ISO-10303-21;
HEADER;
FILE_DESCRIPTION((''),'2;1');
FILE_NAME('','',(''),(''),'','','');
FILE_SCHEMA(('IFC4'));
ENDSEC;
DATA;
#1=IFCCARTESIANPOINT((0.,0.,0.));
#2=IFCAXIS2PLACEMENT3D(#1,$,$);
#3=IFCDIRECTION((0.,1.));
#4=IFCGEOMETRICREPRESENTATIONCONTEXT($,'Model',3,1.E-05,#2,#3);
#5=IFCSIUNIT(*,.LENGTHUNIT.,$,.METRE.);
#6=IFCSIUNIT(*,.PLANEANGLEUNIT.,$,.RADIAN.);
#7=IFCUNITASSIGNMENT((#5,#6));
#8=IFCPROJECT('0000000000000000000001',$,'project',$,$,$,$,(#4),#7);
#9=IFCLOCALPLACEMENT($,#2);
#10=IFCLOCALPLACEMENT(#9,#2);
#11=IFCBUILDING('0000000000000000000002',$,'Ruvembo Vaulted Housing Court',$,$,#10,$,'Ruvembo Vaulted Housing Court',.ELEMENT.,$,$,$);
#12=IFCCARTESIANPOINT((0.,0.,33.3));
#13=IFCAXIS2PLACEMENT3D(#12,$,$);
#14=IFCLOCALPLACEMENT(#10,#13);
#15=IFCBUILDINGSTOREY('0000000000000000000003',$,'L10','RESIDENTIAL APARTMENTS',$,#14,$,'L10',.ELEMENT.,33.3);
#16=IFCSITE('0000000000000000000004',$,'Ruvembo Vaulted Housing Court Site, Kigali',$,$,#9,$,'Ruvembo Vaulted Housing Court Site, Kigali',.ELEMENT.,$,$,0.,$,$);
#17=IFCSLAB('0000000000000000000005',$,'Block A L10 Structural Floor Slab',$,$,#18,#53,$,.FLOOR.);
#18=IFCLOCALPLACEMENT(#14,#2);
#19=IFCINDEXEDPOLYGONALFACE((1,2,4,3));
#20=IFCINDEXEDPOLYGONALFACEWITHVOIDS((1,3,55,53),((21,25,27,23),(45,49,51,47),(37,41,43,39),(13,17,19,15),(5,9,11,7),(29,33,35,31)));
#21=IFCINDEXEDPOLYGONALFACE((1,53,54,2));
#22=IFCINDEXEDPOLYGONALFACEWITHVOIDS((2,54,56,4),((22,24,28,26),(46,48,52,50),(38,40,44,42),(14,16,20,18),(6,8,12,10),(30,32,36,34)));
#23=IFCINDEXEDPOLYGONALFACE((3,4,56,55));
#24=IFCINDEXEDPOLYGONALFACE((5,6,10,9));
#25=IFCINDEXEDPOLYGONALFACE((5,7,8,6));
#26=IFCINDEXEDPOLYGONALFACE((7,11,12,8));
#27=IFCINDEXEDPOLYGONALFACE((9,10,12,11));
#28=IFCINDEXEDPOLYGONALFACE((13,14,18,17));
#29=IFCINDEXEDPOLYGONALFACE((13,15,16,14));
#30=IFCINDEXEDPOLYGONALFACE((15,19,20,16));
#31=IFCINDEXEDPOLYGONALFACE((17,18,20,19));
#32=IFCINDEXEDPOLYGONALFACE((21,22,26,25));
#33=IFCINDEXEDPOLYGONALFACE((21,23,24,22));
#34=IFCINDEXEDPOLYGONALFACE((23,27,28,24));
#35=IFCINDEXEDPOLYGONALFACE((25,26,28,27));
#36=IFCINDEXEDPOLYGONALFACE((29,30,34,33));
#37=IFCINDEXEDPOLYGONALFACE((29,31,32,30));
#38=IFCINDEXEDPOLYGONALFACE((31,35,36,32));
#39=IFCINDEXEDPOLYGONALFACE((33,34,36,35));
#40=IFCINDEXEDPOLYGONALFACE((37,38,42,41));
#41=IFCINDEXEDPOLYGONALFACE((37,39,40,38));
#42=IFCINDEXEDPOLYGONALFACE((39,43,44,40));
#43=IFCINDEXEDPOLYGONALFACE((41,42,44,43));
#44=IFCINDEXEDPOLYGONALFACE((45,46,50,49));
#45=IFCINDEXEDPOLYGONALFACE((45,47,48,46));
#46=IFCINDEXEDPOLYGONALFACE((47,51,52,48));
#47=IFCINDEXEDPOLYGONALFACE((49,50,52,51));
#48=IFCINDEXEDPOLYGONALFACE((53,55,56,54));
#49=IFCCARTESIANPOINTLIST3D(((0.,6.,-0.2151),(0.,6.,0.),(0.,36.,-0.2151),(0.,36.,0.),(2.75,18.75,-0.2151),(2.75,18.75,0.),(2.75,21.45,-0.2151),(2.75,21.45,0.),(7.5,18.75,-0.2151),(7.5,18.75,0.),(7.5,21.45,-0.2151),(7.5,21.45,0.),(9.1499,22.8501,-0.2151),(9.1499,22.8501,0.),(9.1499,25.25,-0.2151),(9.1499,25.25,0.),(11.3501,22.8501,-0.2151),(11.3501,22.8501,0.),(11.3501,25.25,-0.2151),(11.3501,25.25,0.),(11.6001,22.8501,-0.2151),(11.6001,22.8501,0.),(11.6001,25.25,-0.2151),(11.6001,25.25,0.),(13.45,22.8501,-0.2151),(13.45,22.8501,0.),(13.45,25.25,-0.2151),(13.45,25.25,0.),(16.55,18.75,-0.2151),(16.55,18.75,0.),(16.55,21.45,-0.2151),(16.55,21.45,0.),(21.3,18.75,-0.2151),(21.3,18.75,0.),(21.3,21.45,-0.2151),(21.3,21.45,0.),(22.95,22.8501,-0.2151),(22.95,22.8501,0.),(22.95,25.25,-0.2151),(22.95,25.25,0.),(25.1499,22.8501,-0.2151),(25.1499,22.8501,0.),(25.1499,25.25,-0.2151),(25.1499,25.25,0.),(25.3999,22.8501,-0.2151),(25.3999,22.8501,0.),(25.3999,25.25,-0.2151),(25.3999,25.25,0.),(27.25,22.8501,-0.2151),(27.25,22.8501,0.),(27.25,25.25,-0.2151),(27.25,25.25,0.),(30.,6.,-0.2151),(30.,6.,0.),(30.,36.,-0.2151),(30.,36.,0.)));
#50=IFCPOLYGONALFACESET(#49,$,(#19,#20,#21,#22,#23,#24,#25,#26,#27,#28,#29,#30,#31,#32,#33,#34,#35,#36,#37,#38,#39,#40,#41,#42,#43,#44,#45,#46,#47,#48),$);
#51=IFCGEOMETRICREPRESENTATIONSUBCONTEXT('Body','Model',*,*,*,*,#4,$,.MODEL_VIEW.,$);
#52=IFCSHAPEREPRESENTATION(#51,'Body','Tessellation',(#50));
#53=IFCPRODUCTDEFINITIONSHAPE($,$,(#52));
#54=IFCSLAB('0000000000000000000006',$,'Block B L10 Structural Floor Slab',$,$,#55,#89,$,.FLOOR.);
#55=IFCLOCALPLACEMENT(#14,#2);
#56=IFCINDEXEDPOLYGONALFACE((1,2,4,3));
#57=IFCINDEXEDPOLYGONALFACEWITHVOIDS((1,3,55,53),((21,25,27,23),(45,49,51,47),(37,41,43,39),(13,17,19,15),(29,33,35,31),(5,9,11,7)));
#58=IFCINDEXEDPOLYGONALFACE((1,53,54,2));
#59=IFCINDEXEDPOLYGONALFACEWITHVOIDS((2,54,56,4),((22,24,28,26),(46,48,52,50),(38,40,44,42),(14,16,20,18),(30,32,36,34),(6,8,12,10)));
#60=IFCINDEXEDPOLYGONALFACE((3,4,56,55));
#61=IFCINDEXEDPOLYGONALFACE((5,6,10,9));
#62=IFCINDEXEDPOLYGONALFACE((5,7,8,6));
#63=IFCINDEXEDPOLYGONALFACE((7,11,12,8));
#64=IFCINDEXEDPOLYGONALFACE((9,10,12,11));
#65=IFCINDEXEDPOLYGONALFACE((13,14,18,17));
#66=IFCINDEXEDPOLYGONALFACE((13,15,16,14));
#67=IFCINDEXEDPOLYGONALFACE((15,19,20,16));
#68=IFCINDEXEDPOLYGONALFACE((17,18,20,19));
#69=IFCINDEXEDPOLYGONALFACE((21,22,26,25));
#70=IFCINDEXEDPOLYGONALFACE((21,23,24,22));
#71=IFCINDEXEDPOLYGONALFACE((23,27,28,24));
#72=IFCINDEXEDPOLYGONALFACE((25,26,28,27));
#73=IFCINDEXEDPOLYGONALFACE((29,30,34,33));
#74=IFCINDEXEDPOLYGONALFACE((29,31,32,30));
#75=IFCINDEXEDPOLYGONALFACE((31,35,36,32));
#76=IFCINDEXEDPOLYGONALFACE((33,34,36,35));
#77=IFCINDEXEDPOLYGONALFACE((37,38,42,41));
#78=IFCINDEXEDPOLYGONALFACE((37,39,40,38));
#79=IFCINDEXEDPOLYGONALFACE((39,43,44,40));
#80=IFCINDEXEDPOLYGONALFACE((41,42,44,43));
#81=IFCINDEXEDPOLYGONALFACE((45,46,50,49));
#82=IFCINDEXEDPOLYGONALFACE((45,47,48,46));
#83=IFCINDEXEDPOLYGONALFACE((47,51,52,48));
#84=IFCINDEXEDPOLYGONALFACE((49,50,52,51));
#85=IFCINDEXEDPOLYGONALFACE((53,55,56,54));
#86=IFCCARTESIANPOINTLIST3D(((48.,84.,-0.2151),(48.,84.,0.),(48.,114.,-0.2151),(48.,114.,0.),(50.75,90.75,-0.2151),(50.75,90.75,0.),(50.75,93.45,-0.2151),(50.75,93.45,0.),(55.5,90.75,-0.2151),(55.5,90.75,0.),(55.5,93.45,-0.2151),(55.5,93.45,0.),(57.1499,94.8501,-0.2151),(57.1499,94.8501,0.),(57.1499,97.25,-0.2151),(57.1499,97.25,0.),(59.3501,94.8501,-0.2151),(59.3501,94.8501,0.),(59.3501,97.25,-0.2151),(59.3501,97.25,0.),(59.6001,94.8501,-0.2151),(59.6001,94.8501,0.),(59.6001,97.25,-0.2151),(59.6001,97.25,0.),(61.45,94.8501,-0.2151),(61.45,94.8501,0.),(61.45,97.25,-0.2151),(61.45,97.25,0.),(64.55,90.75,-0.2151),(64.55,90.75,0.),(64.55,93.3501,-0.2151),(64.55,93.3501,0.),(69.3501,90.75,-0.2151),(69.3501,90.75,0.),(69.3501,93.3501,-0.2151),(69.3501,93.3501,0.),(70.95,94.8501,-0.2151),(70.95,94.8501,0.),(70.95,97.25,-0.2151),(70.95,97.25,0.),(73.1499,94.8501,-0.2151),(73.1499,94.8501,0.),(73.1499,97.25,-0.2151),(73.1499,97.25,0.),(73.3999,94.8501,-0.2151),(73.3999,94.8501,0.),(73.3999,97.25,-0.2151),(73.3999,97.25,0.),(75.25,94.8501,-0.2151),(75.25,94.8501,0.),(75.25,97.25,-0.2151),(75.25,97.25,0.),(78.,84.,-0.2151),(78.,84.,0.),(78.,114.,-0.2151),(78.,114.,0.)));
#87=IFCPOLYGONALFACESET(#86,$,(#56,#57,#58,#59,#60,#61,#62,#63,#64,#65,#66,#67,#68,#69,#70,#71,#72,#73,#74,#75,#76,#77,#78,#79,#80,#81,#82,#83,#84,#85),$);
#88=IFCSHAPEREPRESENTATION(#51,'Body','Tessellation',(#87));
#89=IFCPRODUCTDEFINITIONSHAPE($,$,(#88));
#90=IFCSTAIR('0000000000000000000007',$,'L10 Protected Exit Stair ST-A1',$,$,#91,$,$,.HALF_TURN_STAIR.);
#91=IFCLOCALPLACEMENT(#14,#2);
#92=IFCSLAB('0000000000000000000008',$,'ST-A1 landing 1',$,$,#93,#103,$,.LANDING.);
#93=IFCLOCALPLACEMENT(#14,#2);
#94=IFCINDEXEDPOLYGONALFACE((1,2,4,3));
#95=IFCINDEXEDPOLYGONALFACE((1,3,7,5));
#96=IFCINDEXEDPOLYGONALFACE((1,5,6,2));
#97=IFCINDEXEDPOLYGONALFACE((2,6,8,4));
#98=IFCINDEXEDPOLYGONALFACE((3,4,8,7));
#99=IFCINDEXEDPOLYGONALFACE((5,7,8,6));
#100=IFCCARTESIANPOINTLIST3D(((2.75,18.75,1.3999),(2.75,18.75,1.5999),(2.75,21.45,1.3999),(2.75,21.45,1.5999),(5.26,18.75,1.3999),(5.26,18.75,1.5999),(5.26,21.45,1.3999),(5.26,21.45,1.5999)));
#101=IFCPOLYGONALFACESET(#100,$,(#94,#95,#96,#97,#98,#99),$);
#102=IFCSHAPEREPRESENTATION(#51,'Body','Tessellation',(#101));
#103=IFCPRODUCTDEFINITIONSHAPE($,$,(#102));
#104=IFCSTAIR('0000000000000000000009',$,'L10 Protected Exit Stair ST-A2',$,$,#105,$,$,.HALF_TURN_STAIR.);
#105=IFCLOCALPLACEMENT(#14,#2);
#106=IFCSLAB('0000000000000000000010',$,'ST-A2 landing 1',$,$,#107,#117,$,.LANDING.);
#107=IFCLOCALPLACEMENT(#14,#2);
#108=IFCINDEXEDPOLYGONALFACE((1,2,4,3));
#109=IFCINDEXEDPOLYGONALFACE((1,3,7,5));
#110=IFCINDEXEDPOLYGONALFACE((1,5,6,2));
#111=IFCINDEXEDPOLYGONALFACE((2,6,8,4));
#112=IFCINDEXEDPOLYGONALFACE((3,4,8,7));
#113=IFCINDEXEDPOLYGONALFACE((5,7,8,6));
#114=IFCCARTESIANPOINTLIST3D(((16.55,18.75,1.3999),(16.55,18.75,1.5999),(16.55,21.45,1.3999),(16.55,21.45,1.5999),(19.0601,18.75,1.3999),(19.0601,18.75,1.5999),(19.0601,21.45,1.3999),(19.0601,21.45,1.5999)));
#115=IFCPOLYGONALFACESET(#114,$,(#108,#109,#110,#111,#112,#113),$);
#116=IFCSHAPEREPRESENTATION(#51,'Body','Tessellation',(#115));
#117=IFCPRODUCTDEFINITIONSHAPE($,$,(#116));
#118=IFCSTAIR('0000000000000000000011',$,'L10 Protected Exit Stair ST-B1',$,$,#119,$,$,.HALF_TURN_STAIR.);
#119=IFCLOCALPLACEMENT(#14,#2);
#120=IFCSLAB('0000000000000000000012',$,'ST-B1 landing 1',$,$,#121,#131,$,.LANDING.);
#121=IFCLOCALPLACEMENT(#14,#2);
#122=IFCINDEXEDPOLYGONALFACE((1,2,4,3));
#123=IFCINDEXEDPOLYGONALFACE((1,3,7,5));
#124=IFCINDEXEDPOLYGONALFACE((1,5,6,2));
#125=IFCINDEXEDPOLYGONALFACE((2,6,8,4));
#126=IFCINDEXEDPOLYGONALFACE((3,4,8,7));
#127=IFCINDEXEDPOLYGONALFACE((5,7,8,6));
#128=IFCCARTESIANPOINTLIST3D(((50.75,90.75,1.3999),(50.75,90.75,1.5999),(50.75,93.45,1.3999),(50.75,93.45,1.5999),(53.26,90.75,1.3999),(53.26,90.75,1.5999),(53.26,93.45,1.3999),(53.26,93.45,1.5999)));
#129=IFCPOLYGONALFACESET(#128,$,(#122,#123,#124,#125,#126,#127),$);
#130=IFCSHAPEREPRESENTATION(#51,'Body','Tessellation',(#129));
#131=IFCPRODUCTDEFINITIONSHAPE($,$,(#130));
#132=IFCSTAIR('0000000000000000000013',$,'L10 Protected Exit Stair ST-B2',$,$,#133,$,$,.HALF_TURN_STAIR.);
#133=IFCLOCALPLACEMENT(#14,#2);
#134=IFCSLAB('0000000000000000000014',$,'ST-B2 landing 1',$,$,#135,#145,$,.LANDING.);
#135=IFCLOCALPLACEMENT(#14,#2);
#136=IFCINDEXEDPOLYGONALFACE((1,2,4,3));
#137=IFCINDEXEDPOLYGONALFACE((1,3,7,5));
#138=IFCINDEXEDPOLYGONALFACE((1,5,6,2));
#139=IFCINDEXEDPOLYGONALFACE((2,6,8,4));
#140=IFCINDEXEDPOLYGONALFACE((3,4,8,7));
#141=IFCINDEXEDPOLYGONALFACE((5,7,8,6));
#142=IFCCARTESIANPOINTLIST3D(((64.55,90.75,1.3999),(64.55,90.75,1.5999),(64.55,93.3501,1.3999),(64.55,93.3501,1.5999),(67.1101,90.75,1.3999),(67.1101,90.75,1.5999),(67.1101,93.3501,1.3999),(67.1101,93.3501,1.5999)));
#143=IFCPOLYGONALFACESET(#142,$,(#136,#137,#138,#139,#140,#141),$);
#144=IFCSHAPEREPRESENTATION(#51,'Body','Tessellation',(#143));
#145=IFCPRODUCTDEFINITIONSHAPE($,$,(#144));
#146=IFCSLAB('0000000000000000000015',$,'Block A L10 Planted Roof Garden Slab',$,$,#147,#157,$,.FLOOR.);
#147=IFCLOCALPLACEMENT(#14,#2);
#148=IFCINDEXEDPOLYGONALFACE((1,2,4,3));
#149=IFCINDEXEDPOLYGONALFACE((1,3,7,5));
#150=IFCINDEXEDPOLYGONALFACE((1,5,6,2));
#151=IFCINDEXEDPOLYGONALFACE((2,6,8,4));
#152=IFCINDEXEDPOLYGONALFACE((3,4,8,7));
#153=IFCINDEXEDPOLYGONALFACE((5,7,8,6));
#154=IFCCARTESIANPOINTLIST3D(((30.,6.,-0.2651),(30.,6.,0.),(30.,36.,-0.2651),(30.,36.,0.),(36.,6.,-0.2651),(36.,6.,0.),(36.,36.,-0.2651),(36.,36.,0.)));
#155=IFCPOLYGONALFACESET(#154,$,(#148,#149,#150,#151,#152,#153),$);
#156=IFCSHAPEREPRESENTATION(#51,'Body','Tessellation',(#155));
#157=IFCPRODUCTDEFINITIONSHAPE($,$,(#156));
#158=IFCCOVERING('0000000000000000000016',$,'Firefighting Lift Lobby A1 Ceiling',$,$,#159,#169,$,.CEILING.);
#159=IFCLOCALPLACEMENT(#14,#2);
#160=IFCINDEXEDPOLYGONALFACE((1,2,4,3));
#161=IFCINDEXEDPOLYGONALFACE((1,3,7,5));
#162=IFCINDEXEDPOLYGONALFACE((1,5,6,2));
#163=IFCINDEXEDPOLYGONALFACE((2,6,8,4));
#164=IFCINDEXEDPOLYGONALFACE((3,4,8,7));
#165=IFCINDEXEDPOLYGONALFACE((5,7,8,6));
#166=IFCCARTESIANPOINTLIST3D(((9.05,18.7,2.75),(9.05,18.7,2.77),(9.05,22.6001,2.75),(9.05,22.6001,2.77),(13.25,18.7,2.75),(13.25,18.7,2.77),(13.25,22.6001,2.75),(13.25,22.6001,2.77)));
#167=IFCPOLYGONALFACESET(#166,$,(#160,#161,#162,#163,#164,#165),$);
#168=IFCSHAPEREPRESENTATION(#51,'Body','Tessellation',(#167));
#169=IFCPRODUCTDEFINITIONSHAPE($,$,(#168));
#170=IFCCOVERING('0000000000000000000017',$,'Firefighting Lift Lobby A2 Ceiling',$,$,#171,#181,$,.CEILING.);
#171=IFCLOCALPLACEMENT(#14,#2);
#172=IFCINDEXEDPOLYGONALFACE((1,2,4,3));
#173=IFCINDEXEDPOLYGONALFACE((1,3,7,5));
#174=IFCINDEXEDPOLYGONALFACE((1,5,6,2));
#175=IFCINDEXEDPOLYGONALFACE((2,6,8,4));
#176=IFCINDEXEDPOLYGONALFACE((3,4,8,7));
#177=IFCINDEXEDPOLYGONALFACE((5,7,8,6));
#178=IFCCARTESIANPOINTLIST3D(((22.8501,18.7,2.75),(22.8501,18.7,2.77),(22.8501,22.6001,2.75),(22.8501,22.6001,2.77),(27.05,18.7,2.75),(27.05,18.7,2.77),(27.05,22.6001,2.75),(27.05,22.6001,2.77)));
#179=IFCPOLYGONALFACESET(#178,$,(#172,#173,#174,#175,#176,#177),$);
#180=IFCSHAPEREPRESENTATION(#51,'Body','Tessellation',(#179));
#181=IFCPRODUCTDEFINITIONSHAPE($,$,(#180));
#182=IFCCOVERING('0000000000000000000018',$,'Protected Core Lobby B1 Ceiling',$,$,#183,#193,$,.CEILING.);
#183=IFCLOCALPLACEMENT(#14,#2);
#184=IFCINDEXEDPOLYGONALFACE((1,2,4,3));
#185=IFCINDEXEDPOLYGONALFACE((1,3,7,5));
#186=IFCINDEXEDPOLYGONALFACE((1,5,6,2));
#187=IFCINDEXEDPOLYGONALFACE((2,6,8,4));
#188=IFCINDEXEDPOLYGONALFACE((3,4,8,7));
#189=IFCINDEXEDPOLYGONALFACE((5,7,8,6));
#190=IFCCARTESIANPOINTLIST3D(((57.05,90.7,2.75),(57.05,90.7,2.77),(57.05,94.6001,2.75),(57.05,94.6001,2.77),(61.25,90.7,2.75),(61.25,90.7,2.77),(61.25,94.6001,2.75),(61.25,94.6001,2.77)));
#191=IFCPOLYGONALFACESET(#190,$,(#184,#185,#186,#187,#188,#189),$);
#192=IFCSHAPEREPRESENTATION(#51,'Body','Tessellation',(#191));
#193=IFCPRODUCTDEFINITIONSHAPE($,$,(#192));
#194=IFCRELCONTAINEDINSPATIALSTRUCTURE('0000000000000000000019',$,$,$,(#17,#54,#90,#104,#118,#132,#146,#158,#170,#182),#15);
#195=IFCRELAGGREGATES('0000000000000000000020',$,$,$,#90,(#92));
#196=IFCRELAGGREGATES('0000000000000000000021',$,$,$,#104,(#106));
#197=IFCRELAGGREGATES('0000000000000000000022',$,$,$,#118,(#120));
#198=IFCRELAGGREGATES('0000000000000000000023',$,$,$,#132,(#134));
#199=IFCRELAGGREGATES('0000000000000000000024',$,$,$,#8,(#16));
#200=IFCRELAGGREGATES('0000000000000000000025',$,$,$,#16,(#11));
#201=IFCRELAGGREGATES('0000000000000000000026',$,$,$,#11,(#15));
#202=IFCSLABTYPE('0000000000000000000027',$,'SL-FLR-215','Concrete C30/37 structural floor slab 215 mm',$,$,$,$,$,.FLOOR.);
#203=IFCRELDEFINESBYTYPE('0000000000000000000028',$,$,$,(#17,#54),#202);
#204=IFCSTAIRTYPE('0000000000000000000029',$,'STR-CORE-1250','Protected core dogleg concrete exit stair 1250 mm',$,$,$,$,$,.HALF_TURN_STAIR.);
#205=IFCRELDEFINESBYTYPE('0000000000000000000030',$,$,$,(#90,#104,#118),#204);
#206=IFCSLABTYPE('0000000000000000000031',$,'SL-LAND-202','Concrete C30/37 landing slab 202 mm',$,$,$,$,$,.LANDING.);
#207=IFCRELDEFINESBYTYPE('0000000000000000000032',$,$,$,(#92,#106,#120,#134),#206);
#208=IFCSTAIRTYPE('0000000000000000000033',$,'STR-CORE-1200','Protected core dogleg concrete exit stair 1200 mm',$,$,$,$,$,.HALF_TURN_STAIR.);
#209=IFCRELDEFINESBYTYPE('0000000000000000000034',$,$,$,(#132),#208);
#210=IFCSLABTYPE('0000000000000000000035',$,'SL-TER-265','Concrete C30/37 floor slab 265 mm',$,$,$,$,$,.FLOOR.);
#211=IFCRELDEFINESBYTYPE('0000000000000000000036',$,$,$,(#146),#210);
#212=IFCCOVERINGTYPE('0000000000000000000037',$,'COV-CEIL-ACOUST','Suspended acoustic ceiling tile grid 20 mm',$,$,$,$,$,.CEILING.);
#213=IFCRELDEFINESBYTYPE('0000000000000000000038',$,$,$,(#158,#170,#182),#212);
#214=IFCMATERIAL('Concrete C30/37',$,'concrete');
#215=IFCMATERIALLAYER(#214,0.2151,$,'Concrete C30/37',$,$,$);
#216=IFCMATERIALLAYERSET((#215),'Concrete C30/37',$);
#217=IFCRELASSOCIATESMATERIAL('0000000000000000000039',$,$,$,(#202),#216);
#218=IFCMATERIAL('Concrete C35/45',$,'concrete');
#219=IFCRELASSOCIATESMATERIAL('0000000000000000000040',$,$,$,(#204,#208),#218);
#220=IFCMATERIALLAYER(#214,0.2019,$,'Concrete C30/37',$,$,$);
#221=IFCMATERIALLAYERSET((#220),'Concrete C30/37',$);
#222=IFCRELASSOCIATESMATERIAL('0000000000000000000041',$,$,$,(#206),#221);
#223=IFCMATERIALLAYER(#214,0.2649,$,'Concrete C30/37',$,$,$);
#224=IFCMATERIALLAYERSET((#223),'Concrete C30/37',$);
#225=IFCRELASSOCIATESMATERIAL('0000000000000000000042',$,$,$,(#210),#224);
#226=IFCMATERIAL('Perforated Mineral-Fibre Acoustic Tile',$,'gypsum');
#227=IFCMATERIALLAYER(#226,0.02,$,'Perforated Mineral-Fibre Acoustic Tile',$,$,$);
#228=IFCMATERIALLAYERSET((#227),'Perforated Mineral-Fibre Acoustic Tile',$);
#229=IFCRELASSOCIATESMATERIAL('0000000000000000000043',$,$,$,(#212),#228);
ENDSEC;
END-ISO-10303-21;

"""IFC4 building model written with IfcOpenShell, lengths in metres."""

from ifc_helpers import new_model, si_unit, direction, frame, origin, place, context, subcontext, project, spatial, polyline, outline, extrude, material, layer, layer_set, type_object, element, aggregate, save


model = new_model("IFC4")

# Units and contexts
model_context = context("Model", 3, precision=1e-05, world=origin(), true_north=direction((0.0, 1.0)))
body_context = subcontext(model_context, "Body", "Model", "MODEL_VIEW")
ifc_project = project(units=[si_unit("LENGTHUNIT", "METRE"), si_unit("PLANEANGLEUNIT", "RADIAN")], contexts=[model_context])

# Site, building, storey
site_placement = place(None, origin())
site = spatial("IfcSite", under=ifc_project, at=site_placement, Name="Ruvembo Vaulted Housing Court Site, Kigali", LongName="Ruvembo Vaulted Housing Court Site, Kigali", CompositionType="ELEMENT", RefElevation=0.0)
building_placement = place(site_placement, origin())
building = spatial("IfcBuilding", under=site, at=building_placement, Name="Ruvembo Vaulted Housing Court", LongName="Ruvembo Vaulted Housing Court", CompositionType="ELEMENT")
storey_placement = place(building_placement, frame((0.0, 0.0, 33.3)))
storey = spatial("IfcBuildingStorey", under=building, at=storey_placement, Name="L10", Description="RESIDENTIAL APARTMENTS", LongName="L10", CompositionType="ELEMENT", Elevation=33.3)

# Slabs
ifc_material_1 = material(Name="Concrete C30/37", Category="concrete")
ifc_layer_1 = layer(ifc_material_1, 0.2151, Name="Concrete C30/37")
ifc_layer_set_1 = layer_set([ifc_layer_1], Name="Concrete C30/37")
slab_type_1 = type_object("IfcSlabType", Name="SL-FLR-215", Description="Concrete C30/37 structural floor slab 215 mm", PredefinedType="FLOOR", material=ifc_layer_set_1)
slab_1_placement = place(storey_placement, frame((0.0, 0.0, -0.2151)))
element("IfcSlab", 1, at=slab_1_placement, inside=storey, type_object=slab_type_1, Name="Block A L10 Structural Floor Slab", PredefinedType="FLOOR", context=body_context, shape_type="SweptSolid", body=[
    extrude(outline(polyline([(30.0, 6.0), (30.0, 36.0), (0.0, 36.0), (0.0, 6.0), (30.0, 6.0)]), holes=[polyline([(7.5, 21.45), (2.75, 21.45), (2.75, 18.75), (7.5, 18.75), (7.5, 21.45)]), polyline([(9.1499, 22.8501), (11.3501, 22.8501), (11.3501, 25.25), (9.1499, 25.25), (9.1499, 22.8501)]), polyline([(11.6001, 22.8501), (13.45, 22.8501), (13.45, 25.25), (11.6001, 25.25), (11.6001, 22.8501)]), polyline([(21.3, 21.45), (16.55, 21.45), (16.55, 18.75), (21.3, 18.75), (21.3, 21.45)]), polyline([(22.95, 22.8501), (25.1499, 22.8501), (25.1499, 25.25), (22.95, 25.25), (22.95, 22.8501)]), polyline([(25.3999, 22.8501), (27.25, 22.8501), (27.25, 25.25), (25.3999, 25.25), (25.3999, 22.8501)])]), origin(), (0.0, 0.0, 1.0), 0.2151),
])
slab_2_placement = place(storey_placement, frame((0.0, 0.0, -0.2151)))
element("IfcSlab", 2, at=slab_2_placement, inside=storey, type_object=slab_type_1, Name="Block B L10 Structural Floor Slab", PredefinedType="FLOOR", context=body_context, shape_type="SweptSolid", body=[
    extrude(outline(polyline([(78.0, 84.0), (78.0, 114.0), (48.0, 114.0), (48.0, 84.0), (78.0, 84.0)]), holes=[polyline([(55.5, 93.45), (50.75, 93.45), (50.75, 90.75), (55.5, 90.75), (55.5, 93.45)]), polyline([(57.1499, 94.8501), (59.3501, 94.8501), (59.3501, 97.25), (57.1499, 97.25), (57.1499, 94.8501)]), polyline([(59.6001, 94.8501), (61.45, 94.8501), (61.45, 97.25), (59.6001, 97.25), (59.6001, 94.8501)]), polyline([(69.3501, 93.3501), (64.55, 93.3501), (64.55, 90.75), (69.3501, 90.75), (69.3501, 93.3501)]), polyline([(70.95, 94.8501), (73.1499, 94.8501), (73.1499, 97.25), (70.95, 97.25), (70.95, 94.8501)]), polyline([(73.3999, 94.8501), (75.25, 94.8501), (75.25, 97.25), (73.3999, 97.25), (73.3999, 94.8501)])]), origin(), (0.0, 0.0, 1.0), 0.2151),
])

# Stairs, slabs
ifc_material_2 = material(Name="Concrete C35/45", Category="concrete")
stair_type_1 = type_object("IfcStairType", Name="STR-CORE-1250", Description="Protected core dogleg concrete exit stair 1250 mm", PredefinedType="HALF_TURN_STAIR", material=ifc_material_2)
stair_1_placement = place(storey_placement, origin())
stair_1 = element("IfcStair", 3, at=stair_1_placement, inside=storey, type_object=stair_type_1, Name="L10 Protected Exit Stair ST-A1", PredefinedType="HALF_TURN_STAIR")
ifc_layer_2 = layer(ifc_material_1, 0.2019, Name="Concrete C30/37")
ifc_layer_set_2 = layer_set([ifc_layer_2], Name="Concrete C30/37")
slab_type_2 = type_object("IfcSlabType", Name="SL-LAND-202", Description="Concrete C30/37 landing slab 202 mm", PredefinedType="LANDING", material=ifc_layer_set_2)
slab_3_placement = place(storey_placement, frame((0.0, 0.0, 1.3999)))
slab_3 = element("IfcSlab", 4, at=slab_3_placement, type_object=slab_type_2, Name="ST-A1 landing 1", PredefinedType="LANDING", context=body_context, shape_type="SweptSolid", body=[
    extrude(outline(polyline([(5.26, 21.45), (2.75, 21.45), (2.75, 18.75), (5.26, 18.75), (5.26, 21.45)])), origin(), (0.0, 0.0, 1.0), 0.2),
])
aggregate(stair_1, [slab_3])
stair_2_placement = place(storey_placement, origin())
stair_2 = element("IfcStair", 5, at=stair_2_placement, inside=storey, type_object=stair_type_1, Name="L10 Protected Exit Stair ST-A2", PredefinedType="HALF_TURN_STAIR")
slab_4_placement = place(storey_placement, frame((0.0, 0.0, 1.3999)))
slab_4 = element("IfcSlab", 6, at=slab_4_placement, type_object=slab_type_2, Name="ST-A2 landing 1", PredefinedType="LANDING", context=body_context, shape_type="SweptSolid", body=[
    extrude(outline(polyline([(19.0601, 21.45), (16.55, 21.45), (16.55, 18.75), (19.0601, 18.75), (19.0601, 21.45)])), origin(), (0.0, 0.0, 1.0), 0.2),
])
aggregate(stair_2, [slab_4])
stair_3_placement = place(storey_placement, origin())
stair_3 = element("IfcStair", 7, at=stair_3_placement, inside=storey, type_object=stair_type_1, Name="L10 Protected Exit Stair ST-B1", PredefinedType="HALF_TURN_STAIR")
slab_5_placement = place(storey_placement, frame((0.0, 0.0, 1.3999)))
slab_5 = element("IfcSlab", 8, at=slab_5_placement, type_object=slab_type_2, Name="ST-B1 landing 1", PredefinedType="LANDING", context=body_context, shape_type="SweptSolid", body=[
    extrude(outline(polyline([(53.26, 93.45), (50.75, 93.45), (50.75, 90.75), (53.26, 90.75), (53.26, 93.45)])), origin(), (0.0, 0.0, 1.0), 0.2),
])
aggregate(stair_3, [slab_5])
stair_type_2 = type_object("IfcStairType", Name="STR-CORE-1200", Description="Protected core dogleg concrete exit stair 1200 mm", PredefinedType="HALF_TURN_STAIR", material=ifc_material_2)
stair_4_placement = place(storey_placement, origin())
stair_4 = element("IfcStair", 9, at=stair_4_placement, inside=storey, type_object=stair_type_2, Name="L10 Protected Exit Stair ST-B2", PredefinedType="HALF_TURN_STAIR")
slab_6_placement = place(storey_placement, frame((0.0, 0.0, 1.3999)))
slab_6 = element("IfcSlab", 10, at=slab_6_placement, type_object=slab_type_2, Name="ST-B2 landing 1", PredefinedType="LANDING", context=body_context, shape_type="SweptSolid", body=[
    extrude(outline(polyline([(67.1101, 93.3501), (64.55, 93.3501), (64.55, 90.75), (67.1101, 90.75), (67.1101, 93.3501)])), origin(), (0.0, 0.0, 1.0), 0.2),
])
aggregate(stair_4, [slab_6])

# Slab
ifc_layer_3 = layer(ifc_material_1, 0.2649, Name="Concrete C30/37")
ifc_layer_set_3 = layer_set([ifc_layer_3], Name="Concrete C30/37")
slab_type_3 = type_object("IfcSlabType", Name="SL-TER-265", Description="Concrete C30/37 floor slab 265 mm", PredefinedType="FLOOR", material=ifc_layer_set_3)
slab_7_placement = place(storey_placement, frame((0.0, 0.0, -0.2651)))
element("IfcSlab", 11, at=slab_7_placement, inside=storey, type_object=slab_type_3, Name="Block A L10 Planted Roof Garden Slab", PredefinedType="FLOOR", context=body_context, shape_type="SweptSolid", body=[
    extrude(outline(polyline([(30.0, 6.0), (36.0, 6.0), (36.0, 36.0), (30.0, 36.0), (30.0, 6.0)])), origin(), (0.0, 0.0, 1.0), 0.2651),
])

# Coverings
ifc_material_3 = material(Name="Perforated Mineral-Fibre Acoustic Tile", Category="gypsum")
ifc_layer_4 = layer(ifc_material_3, 0.02, Name="Perforated Mineral-Fibre Acoustic Tile")
ifc_layer_set_4 = layer_set([ifc_layer_4], Name="Perforated Mineral-Fibre Acoustic Tile")
covering_type_1 = type_object("IfcCoveringType", Name="COV-CEIL-ACOUST", Description="Suspended acoustic ceiling tile grid 20 mm", PredefinedType="CEILING", material=ifc_layer_set_4)
covering_1_placement = place(storey_placement, frame((0.0, 0.0, 2.75)))
element("IfcCovering", 12, at=covering_1_placement, inside=storey, type_object=covering_type_1, Name="Firefighting Lift Lobby A1 Ceiling", PredefinedType="CEILING", context=body_context, shape_type="SweptSolid", body=[
    extrude(outline(polyline([(13.25, 22.6001), (9.05, 22.6001), (9.05, 18.7), (13.25, 18.7), (13.25, 22.6001)])), origin(), (0.0, 0.0, 1.0), 0.02),
])
covering_2_placement = place(storey_placement, frame((0.0, 0.0, 2.75)))
element("IfcCovering", 13, at=covering_2_placement, inside=storey, type_object=covering_type_1, Name="Firefighting Lift Lobby A2 Ceiling", PredefinedType="CEILING", context=body_context, shape_type="SweptSolid", body=[
    extrude(outline(polyline([(27.05, 22.6001), (22.8501, 22.6001), (22.8501, 18.7), (27.05, 18.7), (27.05, 22.6001)])), origin(), (0.0, 0.0, 1.0), 0.02),
])
covering_3_placement = place(storey_placement, frame((0.0, 0.0, 2.75)))
element("IfcCovering", 14, at=covering_3_placement, inside=storey, type_object=covering_type_1, Name="Protected Core Lobby B1 Ceiling", PredefinedType="CEILING", context=body_context, shape_type="SweptSolid", body=[
    extrude(outline(polyline([(61.25, 94.6001), (57.05, 94.6001), (57.05, 90.7), (61.25, 90.7), (61.25, 94.6001)])), origin(), (0.0, 0.0, 1.0), 0.02),
])

save(model, "model.ifc")
